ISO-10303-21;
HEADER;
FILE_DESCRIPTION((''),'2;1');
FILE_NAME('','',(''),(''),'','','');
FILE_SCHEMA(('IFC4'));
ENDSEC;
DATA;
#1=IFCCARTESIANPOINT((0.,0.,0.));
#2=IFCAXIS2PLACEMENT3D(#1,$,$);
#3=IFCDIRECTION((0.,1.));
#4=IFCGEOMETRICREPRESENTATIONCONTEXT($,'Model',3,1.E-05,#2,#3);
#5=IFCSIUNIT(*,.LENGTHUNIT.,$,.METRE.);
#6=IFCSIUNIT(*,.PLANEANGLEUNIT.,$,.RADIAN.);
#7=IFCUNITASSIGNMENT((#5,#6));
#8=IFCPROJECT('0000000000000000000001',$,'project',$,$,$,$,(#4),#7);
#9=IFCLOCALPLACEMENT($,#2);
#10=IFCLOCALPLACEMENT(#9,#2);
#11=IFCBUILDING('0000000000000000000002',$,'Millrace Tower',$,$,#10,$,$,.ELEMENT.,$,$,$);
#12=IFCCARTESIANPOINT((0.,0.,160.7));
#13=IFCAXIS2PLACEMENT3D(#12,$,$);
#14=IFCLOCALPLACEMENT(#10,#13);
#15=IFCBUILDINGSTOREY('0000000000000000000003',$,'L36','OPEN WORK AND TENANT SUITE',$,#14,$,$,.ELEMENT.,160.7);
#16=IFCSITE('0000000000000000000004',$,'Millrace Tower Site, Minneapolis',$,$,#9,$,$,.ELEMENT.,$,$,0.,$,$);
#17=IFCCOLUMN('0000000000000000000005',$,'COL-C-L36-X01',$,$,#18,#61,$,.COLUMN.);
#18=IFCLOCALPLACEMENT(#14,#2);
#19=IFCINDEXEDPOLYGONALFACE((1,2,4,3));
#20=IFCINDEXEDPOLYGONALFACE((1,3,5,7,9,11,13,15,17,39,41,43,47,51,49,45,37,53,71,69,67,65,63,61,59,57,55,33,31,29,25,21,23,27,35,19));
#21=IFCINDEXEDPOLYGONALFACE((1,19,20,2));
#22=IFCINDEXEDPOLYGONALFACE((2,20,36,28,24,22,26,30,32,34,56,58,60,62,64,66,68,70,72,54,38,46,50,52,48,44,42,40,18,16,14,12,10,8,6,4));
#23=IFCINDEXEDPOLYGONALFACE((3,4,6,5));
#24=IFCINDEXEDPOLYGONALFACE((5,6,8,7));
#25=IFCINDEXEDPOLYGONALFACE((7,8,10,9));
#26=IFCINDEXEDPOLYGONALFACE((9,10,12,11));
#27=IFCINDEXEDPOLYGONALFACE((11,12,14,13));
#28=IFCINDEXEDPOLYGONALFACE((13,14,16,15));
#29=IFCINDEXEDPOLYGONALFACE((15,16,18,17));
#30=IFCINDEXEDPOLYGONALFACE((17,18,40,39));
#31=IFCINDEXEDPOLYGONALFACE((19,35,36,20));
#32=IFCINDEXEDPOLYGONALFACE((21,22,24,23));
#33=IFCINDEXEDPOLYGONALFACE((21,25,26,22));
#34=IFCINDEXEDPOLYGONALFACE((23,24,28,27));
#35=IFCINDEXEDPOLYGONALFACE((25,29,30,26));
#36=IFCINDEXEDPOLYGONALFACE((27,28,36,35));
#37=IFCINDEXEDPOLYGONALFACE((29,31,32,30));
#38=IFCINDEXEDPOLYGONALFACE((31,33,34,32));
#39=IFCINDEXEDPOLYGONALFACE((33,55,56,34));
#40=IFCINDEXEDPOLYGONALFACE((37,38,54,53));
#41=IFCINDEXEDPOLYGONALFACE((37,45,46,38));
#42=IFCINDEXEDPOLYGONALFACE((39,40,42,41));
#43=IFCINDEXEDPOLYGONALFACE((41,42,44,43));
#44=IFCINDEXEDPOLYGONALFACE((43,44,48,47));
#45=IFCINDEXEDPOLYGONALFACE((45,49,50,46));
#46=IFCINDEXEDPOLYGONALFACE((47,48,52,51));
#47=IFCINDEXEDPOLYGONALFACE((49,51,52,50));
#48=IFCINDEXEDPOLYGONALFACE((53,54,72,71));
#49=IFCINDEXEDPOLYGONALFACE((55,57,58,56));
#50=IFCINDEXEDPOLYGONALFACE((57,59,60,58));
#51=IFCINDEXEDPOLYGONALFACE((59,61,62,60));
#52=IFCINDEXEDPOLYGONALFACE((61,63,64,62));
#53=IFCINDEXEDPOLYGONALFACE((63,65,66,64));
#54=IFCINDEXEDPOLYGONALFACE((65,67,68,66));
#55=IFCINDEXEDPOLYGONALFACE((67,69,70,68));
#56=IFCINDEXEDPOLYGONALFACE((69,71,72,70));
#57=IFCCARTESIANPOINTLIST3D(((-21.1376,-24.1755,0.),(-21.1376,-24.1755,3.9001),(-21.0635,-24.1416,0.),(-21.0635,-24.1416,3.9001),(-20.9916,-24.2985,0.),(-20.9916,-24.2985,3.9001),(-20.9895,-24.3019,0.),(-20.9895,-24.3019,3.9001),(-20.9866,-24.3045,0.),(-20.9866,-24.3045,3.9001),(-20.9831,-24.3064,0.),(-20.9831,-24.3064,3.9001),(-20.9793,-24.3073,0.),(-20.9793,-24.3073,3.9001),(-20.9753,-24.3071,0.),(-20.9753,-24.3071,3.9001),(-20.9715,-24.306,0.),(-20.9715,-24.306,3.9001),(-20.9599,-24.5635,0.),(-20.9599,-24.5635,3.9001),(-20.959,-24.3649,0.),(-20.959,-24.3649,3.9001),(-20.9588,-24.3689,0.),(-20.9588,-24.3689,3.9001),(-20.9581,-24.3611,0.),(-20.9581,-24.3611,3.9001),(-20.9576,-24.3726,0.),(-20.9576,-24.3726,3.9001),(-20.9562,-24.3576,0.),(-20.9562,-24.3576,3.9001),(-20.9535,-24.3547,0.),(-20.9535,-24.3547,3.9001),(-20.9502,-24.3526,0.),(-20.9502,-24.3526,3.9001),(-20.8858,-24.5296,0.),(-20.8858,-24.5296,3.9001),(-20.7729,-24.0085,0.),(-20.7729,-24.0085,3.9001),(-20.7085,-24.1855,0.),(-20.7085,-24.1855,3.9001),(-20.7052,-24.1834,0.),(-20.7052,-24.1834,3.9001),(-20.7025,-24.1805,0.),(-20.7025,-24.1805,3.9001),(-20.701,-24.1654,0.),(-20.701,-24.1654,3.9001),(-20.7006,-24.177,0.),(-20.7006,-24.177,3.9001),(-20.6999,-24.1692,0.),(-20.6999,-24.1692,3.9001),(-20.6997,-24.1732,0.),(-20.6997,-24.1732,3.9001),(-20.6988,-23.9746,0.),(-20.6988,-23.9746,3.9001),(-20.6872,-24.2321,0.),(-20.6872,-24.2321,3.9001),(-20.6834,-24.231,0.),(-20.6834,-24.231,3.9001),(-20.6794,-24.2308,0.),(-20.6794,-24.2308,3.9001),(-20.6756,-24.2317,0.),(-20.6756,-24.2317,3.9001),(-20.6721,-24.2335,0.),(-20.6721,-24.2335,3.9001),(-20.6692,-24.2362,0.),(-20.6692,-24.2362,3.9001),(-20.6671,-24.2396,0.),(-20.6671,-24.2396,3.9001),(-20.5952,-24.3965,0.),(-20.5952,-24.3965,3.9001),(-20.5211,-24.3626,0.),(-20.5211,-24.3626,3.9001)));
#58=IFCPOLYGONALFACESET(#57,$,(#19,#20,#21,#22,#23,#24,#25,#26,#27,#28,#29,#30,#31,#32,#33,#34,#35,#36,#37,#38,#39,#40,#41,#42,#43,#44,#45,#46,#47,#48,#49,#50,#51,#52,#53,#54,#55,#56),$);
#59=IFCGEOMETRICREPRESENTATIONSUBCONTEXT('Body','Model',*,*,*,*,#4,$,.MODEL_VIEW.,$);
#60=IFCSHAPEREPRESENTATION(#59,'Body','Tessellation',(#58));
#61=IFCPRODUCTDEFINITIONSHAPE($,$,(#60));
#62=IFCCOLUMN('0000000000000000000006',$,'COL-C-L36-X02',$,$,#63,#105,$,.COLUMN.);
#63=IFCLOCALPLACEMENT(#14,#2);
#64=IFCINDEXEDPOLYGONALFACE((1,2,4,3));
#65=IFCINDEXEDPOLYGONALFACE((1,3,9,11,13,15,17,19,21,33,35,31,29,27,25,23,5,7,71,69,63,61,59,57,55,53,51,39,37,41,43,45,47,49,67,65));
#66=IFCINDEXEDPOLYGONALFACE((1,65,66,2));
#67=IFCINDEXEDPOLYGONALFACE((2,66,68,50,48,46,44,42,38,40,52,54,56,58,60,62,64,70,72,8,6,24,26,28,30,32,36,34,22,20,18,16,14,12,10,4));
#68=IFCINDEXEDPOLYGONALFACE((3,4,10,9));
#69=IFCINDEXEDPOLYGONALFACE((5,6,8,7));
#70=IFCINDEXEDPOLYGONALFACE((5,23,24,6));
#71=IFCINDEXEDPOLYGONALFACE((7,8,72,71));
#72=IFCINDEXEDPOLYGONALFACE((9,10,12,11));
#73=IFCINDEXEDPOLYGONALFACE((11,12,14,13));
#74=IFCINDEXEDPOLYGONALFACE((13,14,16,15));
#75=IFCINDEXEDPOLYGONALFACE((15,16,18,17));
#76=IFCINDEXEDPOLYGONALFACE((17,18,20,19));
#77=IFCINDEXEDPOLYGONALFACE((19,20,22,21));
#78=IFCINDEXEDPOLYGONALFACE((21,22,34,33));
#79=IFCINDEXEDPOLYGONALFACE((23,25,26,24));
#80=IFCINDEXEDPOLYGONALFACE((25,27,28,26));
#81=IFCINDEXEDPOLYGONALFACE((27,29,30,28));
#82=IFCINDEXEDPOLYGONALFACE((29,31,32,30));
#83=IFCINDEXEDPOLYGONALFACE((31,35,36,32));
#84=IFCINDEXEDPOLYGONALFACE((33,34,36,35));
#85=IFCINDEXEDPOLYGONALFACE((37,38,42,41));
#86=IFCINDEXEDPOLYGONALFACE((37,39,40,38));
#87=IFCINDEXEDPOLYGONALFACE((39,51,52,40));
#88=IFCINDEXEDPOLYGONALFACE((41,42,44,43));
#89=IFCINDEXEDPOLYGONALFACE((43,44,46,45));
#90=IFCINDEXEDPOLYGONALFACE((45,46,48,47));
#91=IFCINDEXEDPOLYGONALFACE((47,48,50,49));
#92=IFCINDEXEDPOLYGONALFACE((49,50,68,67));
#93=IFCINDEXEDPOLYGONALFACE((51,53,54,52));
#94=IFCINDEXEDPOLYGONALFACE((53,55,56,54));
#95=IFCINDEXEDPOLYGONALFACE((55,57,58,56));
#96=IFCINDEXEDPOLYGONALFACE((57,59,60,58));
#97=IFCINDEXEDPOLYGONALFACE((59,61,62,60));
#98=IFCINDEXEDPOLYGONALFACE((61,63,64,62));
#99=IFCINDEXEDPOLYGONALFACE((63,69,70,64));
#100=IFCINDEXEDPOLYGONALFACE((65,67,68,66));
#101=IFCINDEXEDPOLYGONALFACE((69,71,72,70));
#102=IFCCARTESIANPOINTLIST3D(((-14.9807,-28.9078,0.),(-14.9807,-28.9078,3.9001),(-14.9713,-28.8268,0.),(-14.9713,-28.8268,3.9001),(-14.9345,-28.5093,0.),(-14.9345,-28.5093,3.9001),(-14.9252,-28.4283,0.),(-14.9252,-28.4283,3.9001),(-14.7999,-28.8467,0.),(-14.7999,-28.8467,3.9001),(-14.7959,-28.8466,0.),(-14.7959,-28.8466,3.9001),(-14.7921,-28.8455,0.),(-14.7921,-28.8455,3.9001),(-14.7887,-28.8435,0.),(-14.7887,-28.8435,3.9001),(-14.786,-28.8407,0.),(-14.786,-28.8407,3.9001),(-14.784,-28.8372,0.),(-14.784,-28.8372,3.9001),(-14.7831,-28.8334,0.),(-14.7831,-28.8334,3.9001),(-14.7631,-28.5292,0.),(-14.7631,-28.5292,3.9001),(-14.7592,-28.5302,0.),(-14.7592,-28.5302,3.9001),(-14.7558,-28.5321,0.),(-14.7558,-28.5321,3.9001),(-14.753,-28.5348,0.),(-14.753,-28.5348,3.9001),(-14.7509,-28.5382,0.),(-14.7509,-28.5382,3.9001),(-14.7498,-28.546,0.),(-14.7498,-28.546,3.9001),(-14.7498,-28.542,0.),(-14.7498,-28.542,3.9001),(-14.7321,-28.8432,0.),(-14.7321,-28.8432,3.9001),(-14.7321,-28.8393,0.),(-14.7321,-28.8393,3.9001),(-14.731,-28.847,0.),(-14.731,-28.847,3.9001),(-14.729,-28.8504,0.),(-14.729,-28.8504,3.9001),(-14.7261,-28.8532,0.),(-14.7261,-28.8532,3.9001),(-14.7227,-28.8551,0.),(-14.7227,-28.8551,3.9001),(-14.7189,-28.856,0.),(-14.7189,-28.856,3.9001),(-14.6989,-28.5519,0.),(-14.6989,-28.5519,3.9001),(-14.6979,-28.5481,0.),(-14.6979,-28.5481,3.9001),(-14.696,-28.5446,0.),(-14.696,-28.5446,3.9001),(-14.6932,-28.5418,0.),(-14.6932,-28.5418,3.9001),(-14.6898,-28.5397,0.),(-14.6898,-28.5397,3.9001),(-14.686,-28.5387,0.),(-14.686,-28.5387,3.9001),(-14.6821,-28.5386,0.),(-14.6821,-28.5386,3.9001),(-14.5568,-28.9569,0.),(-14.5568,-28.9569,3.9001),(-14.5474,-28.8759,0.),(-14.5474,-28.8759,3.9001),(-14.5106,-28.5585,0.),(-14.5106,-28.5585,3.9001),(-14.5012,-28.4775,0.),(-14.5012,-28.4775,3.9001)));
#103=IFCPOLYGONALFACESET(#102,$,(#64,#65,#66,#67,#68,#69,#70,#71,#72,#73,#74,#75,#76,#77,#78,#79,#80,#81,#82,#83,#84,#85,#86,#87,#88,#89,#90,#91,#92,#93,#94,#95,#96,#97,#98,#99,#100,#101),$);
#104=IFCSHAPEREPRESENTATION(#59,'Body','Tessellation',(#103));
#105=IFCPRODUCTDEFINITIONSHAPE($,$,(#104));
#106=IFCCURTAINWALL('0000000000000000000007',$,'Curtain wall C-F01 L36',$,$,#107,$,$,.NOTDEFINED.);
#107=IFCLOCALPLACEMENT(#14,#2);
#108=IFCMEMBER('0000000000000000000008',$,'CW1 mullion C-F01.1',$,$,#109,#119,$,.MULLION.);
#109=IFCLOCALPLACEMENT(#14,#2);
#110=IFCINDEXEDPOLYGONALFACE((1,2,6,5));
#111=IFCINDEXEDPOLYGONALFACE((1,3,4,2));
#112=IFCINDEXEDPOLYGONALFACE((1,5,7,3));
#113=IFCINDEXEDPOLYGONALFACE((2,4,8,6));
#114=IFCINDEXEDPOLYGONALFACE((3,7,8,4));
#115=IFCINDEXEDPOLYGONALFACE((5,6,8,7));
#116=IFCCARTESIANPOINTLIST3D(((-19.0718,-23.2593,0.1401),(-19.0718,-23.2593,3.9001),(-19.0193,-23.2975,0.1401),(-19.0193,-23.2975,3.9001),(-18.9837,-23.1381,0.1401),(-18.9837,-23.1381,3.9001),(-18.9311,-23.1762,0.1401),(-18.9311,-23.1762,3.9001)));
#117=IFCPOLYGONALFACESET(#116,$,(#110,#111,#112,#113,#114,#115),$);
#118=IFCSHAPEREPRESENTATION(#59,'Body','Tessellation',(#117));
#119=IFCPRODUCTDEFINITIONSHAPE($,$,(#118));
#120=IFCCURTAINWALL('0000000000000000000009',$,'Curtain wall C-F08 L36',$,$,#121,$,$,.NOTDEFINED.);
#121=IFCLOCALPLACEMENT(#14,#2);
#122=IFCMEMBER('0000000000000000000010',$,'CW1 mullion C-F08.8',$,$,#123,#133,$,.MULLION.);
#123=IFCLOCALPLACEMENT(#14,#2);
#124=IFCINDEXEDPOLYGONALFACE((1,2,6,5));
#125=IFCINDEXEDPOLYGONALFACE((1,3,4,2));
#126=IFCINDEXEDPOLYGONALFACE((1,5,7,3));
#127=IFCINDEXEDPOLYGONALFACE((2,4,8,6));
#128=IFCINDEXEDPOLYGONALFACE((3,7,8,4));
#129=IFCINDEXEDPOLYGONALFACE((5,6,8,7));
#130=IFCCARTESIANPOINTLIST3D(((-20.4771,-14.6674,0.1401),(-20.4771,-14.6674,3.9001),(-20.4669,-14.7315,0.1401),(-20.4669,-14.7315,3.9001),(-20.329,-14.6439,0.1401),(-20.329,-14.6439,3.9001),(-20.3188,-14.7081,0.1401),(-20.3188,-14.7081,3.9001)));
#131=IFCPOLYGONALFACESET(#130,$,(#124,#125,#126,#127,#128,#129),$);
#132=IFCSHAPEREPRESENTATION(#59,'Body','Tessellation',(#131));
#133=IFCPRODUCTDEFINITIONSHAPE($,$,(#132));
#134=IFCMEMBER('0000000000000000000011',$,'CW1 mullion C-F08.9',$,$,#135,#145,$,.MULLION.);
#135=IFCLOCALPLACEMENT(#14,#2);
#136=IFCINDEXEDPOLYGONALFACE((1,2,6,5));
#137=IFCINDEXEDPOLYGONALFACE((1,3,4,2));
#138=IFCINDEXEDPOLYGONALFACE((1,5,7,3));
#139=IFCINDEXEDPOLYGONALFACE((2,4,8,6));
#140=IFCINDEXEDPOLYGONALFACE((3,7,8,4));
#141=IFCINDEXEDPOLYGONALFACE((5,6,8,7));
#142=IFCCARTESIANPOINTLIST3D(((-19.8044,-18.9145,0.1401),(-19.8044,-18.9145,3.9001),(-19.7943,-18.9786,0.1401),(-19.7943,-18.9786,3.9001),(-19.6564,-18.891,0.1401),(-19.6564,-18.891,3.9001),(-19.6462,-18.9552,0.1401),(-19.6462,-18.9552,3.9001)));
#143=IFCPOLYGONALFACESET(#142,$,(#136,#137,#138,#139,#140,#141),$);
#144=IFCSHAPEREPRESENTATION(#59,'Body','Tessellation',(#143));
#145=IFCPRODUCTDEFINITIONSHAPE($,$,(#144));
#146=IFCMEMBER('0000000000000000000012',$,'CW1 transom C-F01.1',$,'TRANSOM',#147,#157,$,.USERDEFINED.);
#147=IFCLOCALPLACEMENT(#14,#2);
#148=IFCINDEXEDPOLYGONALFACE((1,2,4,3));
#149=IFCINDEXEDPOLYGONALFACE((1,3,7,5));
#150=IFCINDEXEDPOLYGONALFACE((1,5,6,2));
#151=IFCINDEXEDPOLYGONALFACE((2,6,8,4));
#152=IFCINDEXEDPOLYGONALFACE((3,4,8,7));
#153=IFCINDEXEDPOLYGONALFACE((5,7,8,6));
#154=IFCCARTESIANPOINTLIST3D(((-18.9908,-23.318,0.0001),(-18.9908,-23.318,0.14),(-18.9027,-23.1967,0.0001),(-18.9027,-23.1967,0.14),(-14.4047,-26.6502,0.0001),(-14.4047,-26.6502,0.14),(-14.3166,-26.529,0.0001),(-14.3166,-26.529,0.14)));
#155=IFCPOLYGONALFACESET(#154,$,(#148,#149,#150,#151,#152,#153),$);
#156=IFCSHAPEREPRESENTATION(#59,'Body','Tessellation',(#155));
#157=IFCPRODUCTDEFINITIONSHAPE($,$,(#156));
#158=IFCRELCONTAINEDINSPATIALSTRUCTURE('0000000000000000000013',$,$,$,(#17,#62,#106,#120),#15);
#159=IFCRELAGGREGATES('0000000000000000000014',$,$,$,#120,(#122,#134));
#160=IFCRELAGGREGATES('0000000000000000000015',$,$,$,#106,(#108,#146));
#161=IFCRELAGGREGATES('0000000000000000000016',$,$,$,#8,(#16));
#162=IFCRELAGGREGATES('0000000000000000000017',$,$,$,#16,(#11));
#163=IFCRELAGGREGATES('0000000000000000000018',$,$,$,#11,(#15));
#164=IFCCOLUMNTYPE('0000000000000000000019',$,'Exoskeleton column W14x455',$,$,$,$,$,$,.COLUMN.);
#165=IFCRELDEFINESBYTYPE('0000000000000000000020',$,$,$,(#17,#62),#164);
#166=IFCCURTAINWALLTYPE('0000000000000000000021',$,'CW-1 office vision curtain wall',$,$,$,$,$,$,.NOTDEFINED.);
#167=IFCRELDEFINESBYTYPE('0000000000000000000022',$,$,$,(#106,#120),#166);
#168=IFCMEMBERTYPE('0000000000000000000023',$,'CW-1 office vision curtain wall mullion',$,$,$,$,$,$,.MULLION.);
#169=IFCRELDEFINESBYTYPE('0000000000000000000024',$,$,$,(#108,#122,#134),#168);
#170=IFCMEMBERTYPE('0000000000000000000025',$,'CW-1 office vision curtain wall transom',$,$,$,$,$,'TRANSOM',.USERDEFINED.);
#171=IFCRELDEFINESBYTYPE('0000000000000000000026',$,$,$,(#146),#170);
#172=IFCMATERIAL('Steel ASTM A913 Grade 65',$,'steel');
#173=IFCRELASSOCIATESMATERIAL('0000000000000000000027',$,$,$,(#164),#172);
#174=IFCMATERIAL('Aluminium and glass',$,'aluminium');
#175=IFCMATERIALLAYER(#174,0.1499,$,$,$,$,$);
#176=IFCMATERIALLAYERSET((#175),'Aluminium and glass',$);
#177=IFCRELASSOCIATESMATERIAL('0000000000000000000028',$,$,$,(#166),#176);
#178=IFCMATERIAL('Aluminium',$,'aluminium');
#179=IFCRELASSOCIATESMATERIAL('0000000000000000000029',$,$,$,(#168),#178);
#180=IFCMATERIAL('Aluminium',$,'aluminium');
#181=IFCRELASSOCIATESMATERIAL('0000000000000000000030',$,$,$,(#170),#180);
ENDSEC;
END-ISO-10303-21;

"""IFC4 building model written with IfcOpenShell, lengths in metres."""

from ifc_helpers import new_model, si_unit, direction, frame, origin, origin_2d, place, context, subcontext, project, spatial, rectangle, i_section, extrude, material, layer, layer_set, material_profile, profile_set, type_object, element, aggregate, save


model = new_model("IFC4")

# Units and contexts
model_context = context("Model", 3, precision=1e-05, world=origin(), true_north=direction((0.0, 1.0)))
body_context = subcontext(model_context, "Body", "Model", "MODEL_VIEW")
ifc_project = project(units=[si_unit("LENGTHUNIT", "METRE"), si_unit("PLANEANGLEUNIT", "RADIAN")], contexts=[model_context])

# Site, building, storey
site_placement = place(None, origin())
site = spatial("IfcSite", under=ifc_project, at=site_placement, Name="Millrace Tower Site, Minneapolis", CompositionType="ELEMENT", RefElevation=0.0)
building_placement = place(site_placement, origin())
building = spatial("IfcBuilding", under=site, at=building_placement, Name="Millrace Tower", CompositionType="ELEMENT")
storey_placement = place(building_placement, frame((0.0, 0.0, 160.7)))
storey = spatial("IfcBuildingStorey", under=building, at=storey_placement, Name="L36", Description="OPEN WORK AND TENANT SUITE", CompositionType="ELEMENT", Elevation=160.7)

# Columns
ifc_material_1 = material(Name="Steel ASTM A913 Grade 65", Category="steel")
ifc_material_profile_1 = material_profile(ifc_material_1, i_section(OverallWidth=0.4268, OverallDepth=0.4827, WebThickness=0.0513, FlangeThickness=0.0815, FilletRadius=0.0151, at=origin_2d()))
ifc_profile_set_1 = profile_set([ifc_material_profile_1], Name="Steel ASTM A913 Grade 65")
column_type = type_object("IfcColumnType", Name="Exoskeleton column W14x455", PredefinedType="COLUMN", material=ifc_profile_set_1)
for number, where, z_axis, x_axis, name in (
    (1, (-20.8293, -24.269, 0.0), (0.0, 0.0, 1.0), (0.416401, -0.909181, 0.0), "COL-C-L36-X01"),
    (2, (-14.741, -28.6926, 0.0), (0.0, 0.0, 1.0), (0.993358, -0.115069, 0.0), "COL-C-L36-X02"),
):
    element("IfcColumn", number, at=place(storey_placement, frame(where, z_axis=z_axis, x_axis=x_axis)), inside=storey, type_object=column_type, Name=name, PredefinedType="COLUMN", context=body_context, shape_type="SweptSolid", body=[
        extrude(i_section(OverallWidth=0.4268, OverallDepth=0.4827, WebThickness=0.0513, FlangeThickness=0.0815, FilletRadius=0.0151, at=origin_2d()), origin(), (0.0, 0.0, 1.0), 3.9001),
    ])

# Curtain wall, member
ifc_material_2 = material(Name="Aluminium and glass", Category="aluminium")
ifc_layer_1 = layer(ifc_material_2, 0.1499)
ifc_layer_set_1 = layer_set([ifc_layer_1], Name="Aluminium and glass")
curtain_wall_type = type_object("IfcCurtainWallType", Name="CW-1 office vision curtain wall", PredefinedType="NOTDEFINED", material=ifc_layer_set_1)
placement = place(storey_placement, origin())
curtain_wall_1 = element("IfcCurtainWall", 3, at=placement, inside=storey, type_object=curtain_wall_type, Name="Curtain wall C-F01 L36", PredefinedType="NOTDEFINED")
ifc_material_3 = material(Name="Aluminium", Category="aluminium")
ifc_material_profile_2 = material_profile(ifc_material_3, rectangle(XDim=0.0649, YDim=0.1499, at=origin_2d()))
ifc_profile_set_2 = profile_set([ifc_material_profile_2], Name="Aluminium")
member_type_1 = type_object("IfcMemberType", Name="CW-1 office vision curtain wall mullion", PredefinedType="MULLION", material=ifc_profile_set_2)
member_1_placement = place(storey_placement, frame((-19.0015, -23.2178, 0.1401), z_axis=(0.0, 0.0, 1.0), x_axis=(0.809017, -0.587785, 0.0)))
member_1 = element("IfcMember", 4, at=member_1_placement, type_object=member_type_1, Name="CW1 mullion C-F01.1", PredefinedType="MULLION", context=body_context, shape_type="SweptSolid", body=[
    extrude(rectangle(XDim=0.0649, YDim=0.1499, at=origin_2d()), origin(), (0.0, 0.0, 1.0), 3.76),
])

# Curtain wall, members
curtain_wall_2 = element("IfcCurtainWall", 5, at=placement, inside=storey, type_object=curtain_wall_type, Name="Curtain wall C-F08 L36", PredefinedType="NOTDEFINED")
member_2_placement = place(storey_placement, frame((-20.3979, -14.6877, 0.1401), z_axis=(0.0, 0.0, 1.0), x_axis=(0.156434, -0.987688, 0.0)))
member_2 = element("IfcMember", 6, at=member_2_placement, type_object=member_type_1, Name="CW1 mullion C-F08.8", PredefinedType="MULLION", context=body_context, shape_type="SweptSolid", body=[
    extrude(rectangle(XDim=0.0649, YDim=0.1499, at=origin_2d()), origin(), (0.0, 0.0, 1.0), 3.76),
])
member_3_placement = place(storey_placement, frame((-19.7253, -18.9348, 0.1401), z_axis=(0.0, 0.0, 1.0), x_axis=(0.156434, -0.987688, 0.0)))
member_3 = element("IfcMember", 7, at=member_3_placement, type_object=member_type_1, Name="CW1 mullion C-F08.9", PredefinedType="MULLION", context=body_context, shape_type="SweptSolid", body=[
    extrude(rectangle(XDim=0.0649, YDim=0.1499, at=origin_2d()), origin(), (0.0, 0.0, 1.0), 3.76),
])
aggregate(curtain_wall_2, [member_2, member_3])

# Member
ifc_material_4 = material(Name="Aluminium", Category="aluminium")
ifc_material_profile_3 = material_profile(ifc_material_4, rectangle(XDim=0.1499, YDim=0.1399, at=origin_2d()))
ifc_profile_set_3 = profile_set([ifc_material_profile_3], Name="Aluminium")
member_type_2 = type_object("IfcMemberType", Name="CW-1 office vision curtain wall transom", ElementType="TRANSOM", PredefinedType="USERDEFINED", material=ifc_profile_set_3)
member_4_placement = place(storey_placement, frame((-18.9468, -23.2573, 0.0701), z_axis=(0.808999, -0.587811, 0.0), x_axis=(0.587811, 0.808999, 0.0)))
member_4 = element("IfcMember", 8, at=member_4_placement, type_object=member_type_2, Name="CW1 transom C-F01.1", ObjectType="TRANSOM", PredefinedType="USERDEFINED", context=body_context, shape_type="SweptSolid", body=[
    extrude(rectangle(XDim=0.1499, YDim=0.1399, at=origin_2d()), origin(), (0.0, 0.0, 1.0), 5.6689),
])
aggregate(curtain_wall_1, [member_1, member_4])

save(model, "model.ifc")
